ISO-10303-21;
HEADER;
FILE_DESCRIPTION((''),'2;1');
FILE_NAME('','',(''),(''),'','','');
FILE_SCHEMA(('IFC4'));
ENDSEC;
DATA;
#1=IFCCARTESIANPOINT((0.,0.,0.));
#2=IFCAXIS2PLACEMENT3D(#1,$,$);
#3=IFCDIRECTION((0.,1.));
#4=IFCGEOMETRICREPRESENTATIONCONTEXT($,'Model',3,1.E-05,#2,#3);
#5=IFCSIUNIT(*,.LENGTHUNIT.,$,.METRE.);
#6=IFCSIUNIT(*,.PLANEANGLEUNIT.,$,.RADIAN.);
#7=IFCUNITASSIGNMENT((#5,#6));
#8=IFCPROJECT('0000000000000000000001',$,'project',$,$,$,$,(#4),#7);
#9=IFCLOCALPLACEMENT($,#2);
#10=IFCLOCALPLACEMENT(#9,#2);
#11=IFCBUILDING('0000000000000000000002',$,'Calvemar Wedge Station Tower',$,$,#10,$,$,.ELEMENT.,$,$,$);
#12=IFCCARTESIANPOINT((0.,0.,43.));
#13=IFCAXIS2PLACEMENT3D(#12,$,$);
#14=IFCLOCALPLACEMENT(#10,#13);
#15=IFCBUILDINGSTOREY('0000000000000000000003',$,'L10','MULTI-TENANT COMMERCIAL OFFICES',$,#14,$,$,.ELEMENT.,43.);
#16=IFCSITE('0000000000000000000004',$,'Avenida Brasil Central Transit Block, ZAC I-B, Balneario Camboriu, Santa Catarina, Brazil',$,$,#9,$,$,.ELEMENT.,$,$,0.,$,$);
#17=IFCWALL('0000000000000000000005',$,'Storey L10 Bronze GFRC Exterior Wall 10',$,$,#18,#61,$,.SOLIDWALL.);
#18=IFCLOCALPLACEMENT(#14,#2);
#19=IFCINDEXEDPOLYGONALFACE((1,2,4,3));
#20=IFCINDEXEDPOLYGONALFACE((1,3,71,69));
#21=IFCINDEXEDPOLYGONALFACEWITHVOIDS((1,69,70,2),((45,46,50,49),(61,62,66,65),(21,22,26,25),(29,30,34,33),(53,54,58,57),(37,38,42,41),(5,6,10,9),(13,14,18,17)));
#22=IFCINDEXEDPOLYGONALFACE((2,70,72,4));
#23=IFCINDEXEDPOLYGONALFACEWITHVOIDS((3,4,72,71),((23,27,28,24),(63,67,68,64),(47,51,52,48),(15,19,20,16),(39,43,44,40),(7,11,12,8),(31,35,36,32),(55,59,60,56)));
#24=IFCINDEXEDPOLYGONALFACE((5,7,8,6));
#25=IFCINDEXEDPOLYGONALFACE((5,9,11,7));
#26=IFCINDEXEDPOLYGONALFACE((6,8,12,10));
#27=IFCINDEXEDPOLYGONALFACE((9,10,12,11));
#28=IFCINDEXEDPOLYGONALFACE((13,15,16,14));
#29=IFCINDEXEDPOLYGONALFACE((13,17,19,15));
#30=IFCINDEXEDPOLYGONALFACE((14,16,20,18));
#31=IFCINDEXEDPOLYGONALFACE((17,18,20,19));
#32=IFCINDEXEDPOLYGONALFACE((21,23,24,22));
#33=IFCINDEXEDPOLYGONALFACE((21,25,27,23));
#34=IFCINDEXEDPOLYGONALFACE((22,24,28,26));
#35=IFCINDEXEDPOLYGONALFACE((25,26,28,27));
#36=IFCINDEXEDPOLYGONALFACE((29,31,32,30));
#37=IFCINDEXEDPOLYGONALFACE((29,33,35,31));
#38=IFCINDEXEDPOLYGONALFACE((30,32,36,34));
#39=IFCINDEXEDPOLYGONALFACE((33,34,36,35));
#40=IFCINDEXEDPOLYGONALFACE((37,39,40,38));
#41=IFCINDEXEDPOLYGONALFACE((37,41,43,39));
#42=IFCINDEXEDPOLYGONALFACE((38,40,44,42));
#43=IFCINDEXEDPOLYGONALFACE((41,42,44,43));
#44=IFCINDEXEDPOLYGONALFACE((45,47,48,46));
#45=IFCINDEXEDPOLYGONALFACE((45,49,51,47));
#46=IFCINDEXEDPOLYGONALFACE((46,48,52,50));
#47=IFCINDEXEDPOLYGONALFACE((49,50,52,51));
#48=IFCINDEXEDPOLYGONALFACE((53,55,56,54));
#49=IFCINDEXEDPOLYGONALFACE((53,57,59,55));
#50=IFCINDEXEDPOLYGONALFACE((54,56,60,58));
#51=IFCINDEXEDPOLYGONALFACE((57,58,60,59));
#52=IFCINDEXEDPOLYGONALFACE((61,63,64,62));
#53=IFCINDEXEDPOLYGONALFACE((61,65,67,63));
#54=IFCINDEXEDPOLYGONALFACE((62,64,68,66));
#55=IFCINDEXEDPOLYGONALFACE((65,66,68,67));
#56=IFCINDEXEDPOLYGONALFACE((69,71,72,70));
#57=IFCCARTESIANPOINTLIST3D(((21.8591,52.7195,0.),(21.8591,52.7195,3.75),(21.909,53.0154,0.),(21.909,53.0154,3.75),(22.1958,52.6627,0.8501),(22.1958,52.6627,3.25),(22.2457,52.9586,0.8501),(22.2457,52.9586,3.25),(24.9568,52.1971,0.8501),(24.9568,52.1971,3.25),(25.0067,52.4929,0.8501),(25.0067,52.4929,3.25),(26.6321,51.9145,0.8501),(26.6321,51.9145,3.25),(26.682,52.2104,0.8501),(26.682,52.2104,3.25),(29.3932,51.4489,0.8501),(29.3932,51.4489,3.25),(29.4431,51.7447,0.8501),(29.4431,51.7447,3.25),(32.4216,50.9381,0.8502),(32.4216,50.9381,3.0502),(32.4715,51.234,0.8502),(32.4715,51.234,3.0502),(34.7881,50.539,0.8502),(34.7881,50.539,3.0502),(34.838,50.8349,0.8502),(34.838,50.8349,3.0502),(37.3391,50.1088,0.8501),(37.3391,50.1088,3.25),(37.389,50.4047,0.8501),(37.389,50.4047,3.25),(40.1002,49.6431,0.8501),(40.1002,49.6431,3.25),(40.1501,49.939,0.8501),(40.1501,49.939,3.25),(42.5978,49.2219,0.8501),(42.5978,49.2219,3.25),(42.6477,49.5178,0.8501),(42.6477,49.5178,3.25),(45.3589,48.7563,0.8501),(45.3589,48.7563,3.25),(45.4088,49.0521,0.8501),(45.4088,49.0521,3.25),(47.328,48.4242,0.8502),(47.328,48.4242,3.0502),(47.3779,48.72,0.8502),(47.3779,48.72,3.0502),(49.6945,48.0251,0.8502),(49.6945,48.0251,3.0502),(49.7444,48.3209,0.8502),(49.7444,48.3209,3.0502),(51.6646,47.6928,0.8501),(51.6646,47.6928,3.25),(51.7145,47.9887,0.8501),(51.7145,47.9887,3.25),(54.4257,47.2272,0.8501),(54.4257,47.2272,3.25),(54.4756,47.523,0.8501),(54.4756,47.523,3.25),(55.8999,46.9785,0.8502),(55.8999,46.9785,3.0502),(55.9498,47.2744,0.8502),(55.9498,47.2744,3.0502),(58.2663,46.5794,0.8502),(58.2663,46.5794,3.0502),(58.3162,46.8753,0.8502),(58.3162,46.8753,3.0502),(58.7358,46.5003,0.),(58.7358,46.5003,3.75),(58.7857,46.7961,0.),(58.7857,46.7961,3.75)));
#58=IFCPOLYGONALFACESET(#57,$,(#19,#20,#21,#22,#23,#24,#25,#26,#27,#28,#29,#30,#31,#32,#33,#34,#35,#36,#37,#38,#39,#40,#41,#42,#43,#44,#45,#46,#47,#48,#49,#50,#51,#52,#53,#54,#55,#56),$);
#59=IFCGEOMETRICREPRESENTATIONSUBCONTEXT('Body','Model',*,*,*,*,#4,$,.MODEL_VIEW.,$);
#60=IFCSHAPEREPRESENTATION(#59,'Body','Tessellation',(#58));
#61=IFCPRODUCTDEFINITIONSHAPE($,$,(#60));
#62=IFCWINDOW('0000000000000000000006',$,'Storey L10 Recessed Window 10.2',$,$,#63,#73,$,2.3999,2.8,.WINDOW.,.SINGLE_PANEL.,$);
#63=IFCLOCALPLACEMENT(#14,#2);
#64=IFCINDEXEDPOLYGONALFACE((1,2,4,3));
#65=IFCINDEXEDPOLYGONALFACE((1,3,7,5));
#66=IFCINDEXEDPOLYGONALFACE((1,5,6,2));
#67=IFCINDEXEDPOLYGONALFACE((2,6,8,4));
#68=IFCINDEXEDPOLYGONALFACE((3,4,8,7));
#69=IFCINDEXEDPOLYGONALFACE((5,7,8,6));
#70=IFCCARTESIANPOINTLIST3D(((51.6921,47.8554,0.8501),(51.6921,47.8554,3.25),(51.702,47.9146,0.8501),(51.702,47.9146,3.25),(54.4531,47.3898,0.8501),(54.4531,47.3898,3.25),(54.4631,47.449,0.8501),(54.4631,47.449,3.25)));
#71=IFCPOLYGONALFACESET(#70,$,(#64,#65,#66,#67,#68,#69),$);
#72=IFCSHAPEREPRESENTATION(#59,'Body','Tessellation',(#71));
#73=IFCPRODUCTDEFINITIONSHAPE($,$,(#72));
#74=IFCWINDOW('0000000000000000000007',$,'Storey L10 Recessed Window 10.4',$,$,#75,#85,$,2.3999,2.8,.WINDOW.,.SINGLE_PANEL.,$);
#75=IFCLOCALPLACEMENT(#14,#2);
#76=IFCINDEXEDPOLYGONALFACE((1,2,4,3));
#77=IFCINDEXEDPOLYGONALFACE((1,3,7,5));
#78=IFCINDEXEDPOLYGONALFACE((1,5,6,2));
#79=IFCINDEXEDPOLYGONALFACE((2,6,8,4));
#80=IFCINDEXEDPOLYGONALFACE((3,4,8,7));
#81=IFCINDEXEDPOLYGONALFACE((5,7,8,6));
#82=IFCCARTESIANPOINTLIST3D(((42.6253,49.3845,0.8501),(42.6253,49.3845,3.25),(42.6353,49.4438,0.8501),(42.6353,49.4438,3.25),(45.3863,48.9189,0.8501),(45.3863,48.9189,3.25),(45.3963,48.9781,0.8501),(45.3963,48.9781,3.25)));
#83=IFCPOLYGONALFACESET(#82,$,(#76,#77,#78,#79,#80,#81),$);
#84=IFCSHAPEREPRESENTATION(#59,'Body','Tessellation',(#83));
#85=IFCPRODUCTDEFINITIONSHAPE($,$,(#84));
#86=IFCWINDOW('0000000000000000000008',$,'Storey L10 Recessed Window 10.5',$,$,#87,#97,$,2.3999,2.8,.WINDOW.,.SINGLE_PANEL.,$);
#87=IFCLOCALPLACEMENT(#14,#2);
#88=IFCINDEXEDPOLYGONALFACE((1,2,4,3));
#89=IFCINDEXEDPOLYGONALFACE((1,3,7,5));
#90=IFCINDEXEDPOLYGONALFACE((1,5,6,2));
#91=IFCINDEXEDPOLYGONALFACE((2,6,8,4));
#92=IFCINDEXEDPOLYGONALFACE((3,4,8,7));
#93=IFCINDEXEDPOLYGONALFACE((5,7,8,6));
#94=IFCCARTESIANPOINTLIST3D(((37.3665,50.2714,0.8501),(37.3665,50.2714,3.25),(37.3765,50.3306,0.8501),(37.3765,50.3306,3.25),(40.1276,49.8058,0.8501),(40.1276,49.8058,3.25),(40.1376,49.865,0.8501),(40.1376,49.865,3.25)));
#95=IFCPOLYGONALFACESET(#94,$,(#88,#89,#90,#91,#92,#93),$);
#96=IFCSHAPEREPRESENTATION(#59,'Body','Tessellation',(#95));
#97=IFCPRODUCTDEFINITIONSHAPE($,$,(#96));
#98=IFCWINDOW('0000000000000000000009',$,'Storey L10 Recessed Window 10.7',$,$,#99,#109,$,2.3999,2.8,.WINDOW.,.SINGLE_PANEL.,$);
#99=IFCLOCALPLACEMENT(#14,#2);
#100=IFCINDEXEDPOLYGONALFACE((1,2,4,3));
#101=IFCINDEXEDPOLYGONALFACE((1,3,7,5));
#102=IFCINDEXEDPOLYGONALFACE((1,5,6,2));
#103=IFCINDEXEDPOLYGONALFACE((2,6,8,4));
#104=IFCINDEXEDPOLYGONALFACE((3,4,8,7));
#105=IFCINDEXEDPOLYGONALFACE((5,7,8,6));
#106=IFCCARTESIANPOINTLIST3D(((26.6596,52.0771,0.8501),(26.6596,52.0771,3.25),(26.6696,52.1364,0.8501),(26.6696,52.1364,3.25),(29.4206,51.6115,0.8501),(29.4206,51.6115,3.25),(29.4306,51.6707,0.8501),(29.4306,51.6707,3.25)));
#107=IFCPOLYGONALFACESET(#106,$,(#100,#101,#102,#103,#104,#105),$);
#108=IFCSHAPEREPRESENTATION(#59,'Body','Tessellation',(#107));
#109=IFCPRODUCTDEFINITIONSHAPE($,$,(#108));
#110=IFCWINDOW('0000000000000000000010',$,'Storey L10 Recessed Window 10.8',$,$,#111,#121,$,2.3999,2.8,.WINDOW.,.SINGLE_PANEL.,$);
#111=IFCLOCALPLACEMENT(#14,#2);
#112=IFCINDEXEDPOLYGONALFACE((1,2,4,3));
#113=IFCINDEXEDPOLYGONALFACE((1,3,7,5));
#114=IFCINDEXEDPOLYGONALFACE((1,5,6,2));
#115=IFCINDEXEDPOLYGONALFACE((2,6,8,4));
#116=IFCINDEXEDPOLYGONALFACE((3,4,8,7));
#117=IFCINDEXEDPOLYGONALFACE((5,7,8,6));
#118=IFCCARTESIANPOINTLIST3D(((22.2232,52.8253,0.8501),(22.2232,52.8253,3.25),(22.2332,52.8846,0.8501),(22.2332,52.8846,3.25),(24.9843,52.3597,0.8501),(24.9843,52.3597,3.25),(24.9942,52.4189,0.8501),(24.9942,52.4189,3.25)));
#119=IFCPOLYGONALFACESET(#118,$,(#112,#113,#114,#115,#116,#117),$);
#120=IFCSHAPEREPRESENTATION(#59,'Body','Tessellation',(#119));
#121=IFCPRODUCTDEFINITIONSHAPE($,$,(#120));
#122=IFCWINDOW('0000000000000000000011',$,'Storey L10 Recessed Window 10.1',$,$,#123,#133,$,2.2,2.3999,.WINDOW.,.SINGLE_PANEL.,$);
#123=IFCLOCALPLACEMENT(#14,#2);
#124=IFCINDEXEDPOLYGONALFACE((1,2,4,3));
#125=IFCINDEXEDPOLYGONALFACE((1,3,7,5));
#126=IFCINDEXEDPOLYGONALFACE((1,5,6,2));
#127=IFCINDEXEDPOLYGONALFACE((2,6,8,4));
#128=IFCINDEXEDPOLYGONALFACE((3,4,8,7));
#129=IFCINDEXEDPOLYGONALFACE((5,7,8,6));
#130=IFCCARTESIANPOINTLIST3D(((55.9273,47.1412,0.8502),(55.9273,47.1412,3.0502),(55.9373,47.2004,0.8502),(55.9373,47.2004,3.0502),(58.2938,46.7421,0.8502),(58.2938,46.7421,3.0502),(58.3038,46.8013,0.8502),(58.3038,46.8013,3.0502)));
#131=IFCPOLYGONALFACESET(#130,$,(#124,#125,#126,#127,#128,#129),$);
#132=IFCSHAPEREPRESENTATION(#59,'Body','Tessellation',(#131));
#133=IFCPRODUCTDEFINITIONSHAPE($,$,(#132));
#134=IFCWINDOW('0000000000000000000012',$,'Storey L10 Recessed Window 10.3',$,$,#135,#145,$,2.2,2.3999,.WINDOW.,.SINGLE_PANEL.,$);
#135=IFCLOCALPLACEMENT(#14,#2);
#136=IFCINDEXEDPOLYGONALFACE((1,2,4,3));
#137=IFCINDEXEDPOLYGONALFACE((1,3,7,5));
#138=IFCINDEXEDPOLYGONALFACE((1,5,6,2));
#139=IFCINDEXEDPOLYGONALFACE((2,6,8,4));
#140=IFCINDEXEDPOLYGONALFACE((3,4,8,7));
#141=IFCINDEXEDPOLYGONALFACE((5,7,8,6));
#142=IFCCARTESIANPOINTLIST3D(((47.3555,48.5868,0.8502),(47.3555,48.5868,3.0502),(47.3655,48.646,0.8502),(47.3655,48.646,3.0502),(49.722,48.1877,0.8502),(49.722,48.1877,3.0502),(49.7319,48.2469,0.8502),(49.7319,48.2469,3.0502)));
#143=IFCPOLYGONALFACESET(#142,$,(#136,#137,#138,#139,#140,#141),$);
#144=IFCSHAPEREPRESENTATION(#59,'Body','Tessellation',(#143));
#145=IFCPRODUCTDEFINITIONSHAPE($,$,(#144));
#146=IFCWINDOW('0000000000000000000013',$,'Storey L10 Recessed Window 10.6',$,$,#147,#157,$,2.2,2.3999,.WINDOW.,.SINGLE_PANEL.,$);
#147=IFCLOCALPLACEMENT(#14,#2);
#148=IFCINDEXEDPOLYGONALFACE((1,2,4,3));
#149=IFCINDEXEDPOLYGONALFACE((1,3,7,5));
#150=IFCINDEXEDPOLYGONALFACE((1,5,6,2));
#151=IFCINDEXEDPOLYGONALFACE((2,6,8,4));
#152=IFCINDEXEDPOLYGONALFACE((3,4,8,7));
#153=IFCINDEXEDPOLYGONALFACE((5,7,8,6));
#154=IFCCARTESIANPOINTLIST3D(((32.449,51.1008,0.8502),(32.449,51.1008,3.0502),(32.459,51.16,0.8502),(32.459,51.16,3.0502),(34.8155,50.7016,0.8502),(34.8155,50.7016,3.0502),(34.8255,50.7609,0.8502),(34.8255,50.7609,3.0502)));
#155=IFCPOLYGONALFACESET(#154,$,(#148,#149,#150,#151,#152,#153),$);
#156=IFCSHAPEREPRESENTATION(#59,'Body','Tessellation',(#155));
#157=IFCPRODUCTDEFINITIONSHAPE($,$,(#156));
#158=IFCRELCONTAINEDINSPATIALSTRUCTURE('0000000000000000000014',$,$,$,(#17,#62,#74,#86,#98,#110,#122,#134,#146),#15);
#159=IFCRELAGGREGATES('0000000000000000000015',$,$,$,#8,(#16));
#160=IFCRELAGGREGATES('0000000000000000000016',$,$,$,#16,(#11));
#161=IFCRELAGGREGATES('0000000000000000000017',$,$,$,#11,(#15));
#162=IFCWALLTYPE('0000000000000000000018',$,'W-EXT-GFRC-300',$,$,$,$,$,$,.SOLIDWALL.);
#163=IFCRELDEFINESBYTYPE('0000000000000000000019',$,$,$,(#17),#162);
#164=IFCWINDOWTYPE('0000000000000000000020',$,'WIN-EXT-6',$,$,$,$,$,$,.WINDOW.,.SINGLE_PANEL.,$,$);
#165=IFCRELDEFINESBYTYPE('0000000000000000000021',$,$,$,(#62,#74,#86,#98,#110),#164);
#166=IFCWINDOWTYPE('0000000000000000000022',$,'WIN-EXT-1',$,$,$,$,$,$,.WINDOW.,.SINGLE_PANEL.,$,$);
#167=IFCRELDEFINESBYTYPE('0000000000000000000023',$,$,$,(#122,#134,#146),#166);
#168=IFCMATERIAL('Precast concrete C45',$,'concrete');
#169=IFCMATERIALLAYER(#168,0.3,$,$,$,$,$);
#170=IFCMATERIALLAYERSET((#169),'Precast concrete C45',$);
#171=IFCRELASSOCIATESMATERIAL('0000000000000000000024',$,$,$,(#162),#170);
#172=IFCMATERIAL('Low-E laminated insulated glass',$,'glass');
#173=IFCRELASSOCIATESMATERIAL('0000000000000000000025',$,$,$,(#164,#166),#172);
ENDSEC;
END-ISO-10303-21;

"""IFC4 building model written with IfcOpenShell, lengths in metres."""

from ifc_helpers import new_model, si_unit, direction, frame, frame_2d, origin, place, context, subcontext, project, spatial, rectangle, extrude, source, transform, mapped, material, layer, layer_set, type_object, element, fill, save


model = new_model("IFC4")

# Units and contexts
model_context = context("Model", 3, precision=1e-05, world=origin(), true_north=direction((0.0, 1.0)))
body_context = subcontext(model_context, "Body", "Model", "MODEL_VIEW")
ifc_project = project(units=[si_unit("LENGTHUNIT", "METRE"), si_unit("PLANEANGLEUNIT", "RADIAN")], contexts=[model_context])

# Site, building, storey
site_placement = place(None, origin())
site = spatial("IfcSite", under=ifc_project, at=site_placement, Name="Avenida Brasil Central Transit Block, ZAC I-B, Balneario Camboriu, Santa Catarina, Brazil", CompositionType="ELEMENT", RefElevation=0.0)
building_placement = place(site_placement, origin())
building = spatial("IfcBuilding", under=site, at=building_placement, Name="Calvemar Wedge Station Tower", CompositionType="ELEMENT")
storey_placement = place(building_placement, frame((0.0, 0.0, 43.0)))
storey = spatial("IfcBuildingStorey", under=building, at=storey_placement, Name="L10", Description="MULTI-TENANT COMMERCIAL OFFICES", CompositionType="ELEMENT", Elevation=43.0)

# Shared definitions
ifc_material_1 = material(Name="Low-E laminated insulated glass", Category="glass")

# Shared definitions
ifc_material_2 = material(Name="Precast concrete C45", Category="concrete")
ifc_layer_1 = layer(ifc_material_2, 0.3)
ifc_layer_set_1 = layer_set([ifc_layer_1], Name="Precast concrete C45")
wall_type_1 = type_object("IfcWallType", Name="W-EXT-GFRC-300", PredefinedType="SOLIDWALL", material=ifc_layer_set_1)

# Wall, openings, windows
wall_1_placement = place(storey_placement, frame((58.7607, 46.6482, 0.0), z_axis=(0.0, 0.0, 1.0), x_axis=(-0.986075, 0.166301, 0.0)))
wall_1 = element("IfcWall", 1, at=wall_1_placement, inside=storey, type_object=wall_type_1, Name="Storey L10 Bronze GFRC Exterior Wall 10", PredefinedType="SOLIDWALL", context=body_context, shape_type="SweptSolid", body=[
    extrude(rectangle(XDim=37.3975, YDim=0.3, at=frame_2d((18.6987, 0.0))), origin(), (0.0, 0.0, 1.0), 3.75),
])
shared_shape_1 = source(origin(), body_context, "Body", "SweptSolid", [
    extrude(rectangle(XDim=2.3999, YDim=2.2, at=frame_2d((1.2, 1.1001))), frame((0.0, 0.1602, 0.0), z_axis=(0.0, -1.0, 0.0), x_axis=(1.0, 0.0, 0.0)), (0.0, 0.0, 1.0), 0.3201),
])
opening_1_placement = place(wall_1_placement, frame((0.4761, 0.0, 0.8501)))
opening_1 = element("IfcOpeningElement", 2, at=opening_1_placement, cuts=wall_1, PredefinedType="OPENING", context=body_context, shape_type="MappedRepresentation", body=[
    mapped(shared_shape_1, transform((0.0, 0.0, 0.0), scale=1.0)),
])
shared_shape_2 = source(origin(), body_context, "Body", "SweptSolid", [
    extrude(rectangle(XDim=2.8, YDim=2.3999, at=frame_2d((1.3999, 1.2))), frame((0.0, 0.1602, 0.0), z_axis=(0.0, -1.0, 0.0), x_axis=(1.0, 0.0, 0.0)), (0.0, 0.0, 1.0), 0.3201),
])
opening_2_placement = place(wall_1_placement, frame((4.3711, 0.0, 0.8501)))
opening_2 = element("IfcOpeningElement", 3, at=opening_2_placement, cuts=wall_1, PredefinedType="OPENING", context=body_context, shape_type="MappedRepresentation", body=[
    mapped(shared_shape_2, transform((0.0, 0.0, 0.0), scale=1.0)),
])
opening_3_placement = place(wall_1_placement, frame((9.1689, 0.0, 0.8501)))
opening_3 = element("IfcOpeningElement", 4, at=opening_3_placement, cuts=wall_1, PredefinedType="OPENING", context=body_context, shape_type="MappedRepresentation", body=[
    mapped(shared_shape_1, transform((0.0, 0.0, 0.0), scale=1.0)),
])
opening_4_placement = place(wall_1_placement, frame((13.5659, 0.0, 0.8501)))
opening_4 = element("IfcOpeningElement", 5, at=opening_4_placement, cuts=wall_1, PredefinedType="OPENING", context=body_context, shape_type="MappedRepresentation", body=[
    mapped(shared_shape_2, transform((0.0, 0.0, 0.0), scale=1.0)),
])
opening_5_placement = place(wall_1_placement, frame((18.8989, 0.0, 0.8501)))
opening_5 = element("IfcOpeningElement", 6, at=opening_5_placement, cuts=wall_1, PredefinedType="OPENING", context=body_context, shape_type="MappedRepresentation", body=[
    mapped(shared_shape_2, transform((0.0, 0.0, 0.0), scale=1.0)),
])
opening_6_placement = place(wall_1_placement, frame((24.2859, 0.0, 0.8501)))
opening_6 = element("IfcOpeningElement", 7, at=opening_6_placement, cuts=wall_1, PredefinedType="OPENING", context=body_context, shape_type="MappedRepresentation", body=[
    mapped(shared_shape_1, transform((0.0, 0.0, 0.0), scale=1.0)),
])
opening_7_placement = place(wall_1_placement, frame((29.7571, 0.0, 0.8501)))
opening_7 = element("IfcOpeningElement", 8, at=opening_7_placement, cuts=wall_1, PredefinedType="OPENING", context=body_context, shape_type="MappedRepresentation", body=[
    mapped(shared_shape_2, transform((0.0, 0.0, 0.0), scale=1.0)),
])
opening_8_placement = place(wall_1_placement, frame((34.2561, 0.0, 0.8501)))
opening_8 = element("IfcOpeningElement", 9, at=opening_8_placement, cuts=wall_1, PredefinedType="OPENING", context=body_context, shape_type="MappedRepresentation", body=[
    mapped(shared_shape_2, transform((0.0, 0.0, 0.0), scale=1.0)),
])
window_type_1 = type_object("IfcWindowType", Name="WIN-EXT-6", PartitioningType="SINGLE_PANEL", PredefinedType="WINDOW", material=ifc_material_1)
shared_shape_3 = source(origin(), body_context, "Body", "SweptSolid", [
    extrude(rectangle(XDim=2.8, YDim=2.3999, at=frame_2d((1.3999, 1.2))), frame((0.0, -0.0149, 0.0), z_axis=(0.0, -1.0, 0.0), x_axis=(1.0, 0.0, 0.0)), (0.0, 0.0, 1.0), 0.0601),
])
window_1_placement = place(opening_2_placement, origin())
window_1 = element("IfcWindow", 10, at=window_1_placement, inside=storey, type_object=window_type_1, Name="Storey L10 Recessed Window 10.2", OverallHeight=2.3999, OverallWidth=2.8, PartitioningType="SINGLE_PANEL", PredefinedType="WINDOW", context=body_context, shape_type="MappedRepresentation", body=[
    mapped(shared_shape_3, transform((0.0, 0.0, 0.0), scale=1.0)),
])
fill(opening_2, window_1)
window_2_placement = place(opening_4_placement, origin())
window_2 = element("IfcWindow", 11, at=window_2_placement, inside=storey, type_object=window_type_1, Name="Storey L10 Recessed Window 10.4", OverallHeight=2.3999, OverallWidth=2.8, PartitioningType="SINGLE_PANEL", PredefinedType="WINDOW", context=body_context, shape_type="MappedRepresentation", body=[
    mapped(shared_shape_3, transform((0.0, 0.0, 0.0), scale=1.0)),
])
fill(opening_4, window_2)
window_3_placement = place(opening_5_placement, origin())
window_3 = element("IfcWindow", 12, at=window_3_placement, inside=storey, type_object=window_type_1, Name="Storey L10 Recessed Window 10.5", OverallHeight=2.3999, OverallWidth=2.8, PartitioningType="SINGLE_PANEL", PredefinedType="WINDOW", context=body_context, shape_type="MappedRepresentation", body=[
    mapped(shared_shape_3, transform((0.0, 0.0, 0.0), scale=1.0)),
])
fill(opening_5, window_3)
window_4_placement = place(opening_7_placement, origin())
window_4 = element("IfcWindow", 13, at=window_4_placement, inside=storey, type_object=window_type_1, Name="Storey L10 Recessed Window 10.7", OverallHeight=2.3999, OverallWidth=2.8, PartitioningType="SINGLE_PANEL", PredefinedType="WINDOW", context=body_context, shape_type="MappedRepresentation", body=[
    mapped(shared_shape_3, transform((0.0, 0.0, 0.0), scale=1.0)),
])
fill(opening_7, window_4)
window_5_placement = place(opening_8_placement, origin())
window_5 = element("IfcWindow", 14, at=window_5_placement, inside=storey, type_object=window_type_1, Name="Storey L10 Recessed Window 10.8", OverallHeight=2.3999, OverallWidth=2.8, PartitioningType="SINGLE_PANEL", PredefinedType="WINDOW", context=body_context, shape_type="MappedRepresentation", body=[
    mapped(shared_shape_3, transform((0.0, 0.0, 0.0), scale=1.0)),
])
fill(opening_8, window_5)
window_type_2 = type_object("IfcWindowType", Name="WIN-EXT-1", PartitioningType="SINGLE_PANEL", PredefinedType="WINDOW", material=ifc_material_1)
shared_shape_4 = source(origin(), body_context, "Body", "SweptSolid", [
    extrude(rectangle(XDim=2.3999, YDim=2.2, at=frame_2d((1.2, 1.1001))), frame((0.0, -0.0149, 0.0), z_axis=(0.0, -1.0, 0.0), x_axis=(1.0, 0.0, 0.0)), (0.0, 0.0, 1.0), 0.0601),
])
window_6_placement = place(opening_1_placement, origin())
window_6 = element("IfcWindow", 15, at=window_6_placement, inside=storey, type_object=window_type_2, Name="Storey L10 Recessed Window 10.1", OverallHeight=2.2, OverallWidth=2.3999, PartitioningType="SINGLE_PANEL", PredefinedType="WINDOW", context=body_context, shape_type="MappedRepresentation", body=[
    mapped(shared_shape_4, transform((0.0, 0.0, 0.0), scale=1.0)),
])
fill(opening_1, window_6)
window_7_placement = place(opening_3_placement, origin())
window_7 = element("IfcWindow", 16, at=window_7_placement, inside=storey, type_object=window_type_2, Name="Storey L10 Recessed Window 10.3", OverallHeight=2.2, OverallWidth=2.3999, PartitioningType="SINGLE_PANEL", PredefinedType="WINDOW", context=body_context, shape_type="MappedRepresentation", body=[
    mapped(shared_shape_4, transform((0.0, 0.0, 0.0), scale=1.0)),
])
fill(opening_3, window_7)
window_8_placement = place(opening_6_placement, origin())
window_8 = element("IfcWindow", 17, at=window_8_placement, inside=storey, type_object=window_type_2, Name="Storey L10 Recessed Window 10.6", OverallHeight=2.2, OverallWidth=2.3999, PartitioningType="SINGLE_PANEL", PredefinedType="WINDOW", context=body_context, shape_type="MappedRepresentation", body=[
    mapped(shared_shape_4, transform((0.0, 0.0, 0.0), scale=1.0)),
])
fill(opening_6, window_8)

save(model, "model.ifc")
